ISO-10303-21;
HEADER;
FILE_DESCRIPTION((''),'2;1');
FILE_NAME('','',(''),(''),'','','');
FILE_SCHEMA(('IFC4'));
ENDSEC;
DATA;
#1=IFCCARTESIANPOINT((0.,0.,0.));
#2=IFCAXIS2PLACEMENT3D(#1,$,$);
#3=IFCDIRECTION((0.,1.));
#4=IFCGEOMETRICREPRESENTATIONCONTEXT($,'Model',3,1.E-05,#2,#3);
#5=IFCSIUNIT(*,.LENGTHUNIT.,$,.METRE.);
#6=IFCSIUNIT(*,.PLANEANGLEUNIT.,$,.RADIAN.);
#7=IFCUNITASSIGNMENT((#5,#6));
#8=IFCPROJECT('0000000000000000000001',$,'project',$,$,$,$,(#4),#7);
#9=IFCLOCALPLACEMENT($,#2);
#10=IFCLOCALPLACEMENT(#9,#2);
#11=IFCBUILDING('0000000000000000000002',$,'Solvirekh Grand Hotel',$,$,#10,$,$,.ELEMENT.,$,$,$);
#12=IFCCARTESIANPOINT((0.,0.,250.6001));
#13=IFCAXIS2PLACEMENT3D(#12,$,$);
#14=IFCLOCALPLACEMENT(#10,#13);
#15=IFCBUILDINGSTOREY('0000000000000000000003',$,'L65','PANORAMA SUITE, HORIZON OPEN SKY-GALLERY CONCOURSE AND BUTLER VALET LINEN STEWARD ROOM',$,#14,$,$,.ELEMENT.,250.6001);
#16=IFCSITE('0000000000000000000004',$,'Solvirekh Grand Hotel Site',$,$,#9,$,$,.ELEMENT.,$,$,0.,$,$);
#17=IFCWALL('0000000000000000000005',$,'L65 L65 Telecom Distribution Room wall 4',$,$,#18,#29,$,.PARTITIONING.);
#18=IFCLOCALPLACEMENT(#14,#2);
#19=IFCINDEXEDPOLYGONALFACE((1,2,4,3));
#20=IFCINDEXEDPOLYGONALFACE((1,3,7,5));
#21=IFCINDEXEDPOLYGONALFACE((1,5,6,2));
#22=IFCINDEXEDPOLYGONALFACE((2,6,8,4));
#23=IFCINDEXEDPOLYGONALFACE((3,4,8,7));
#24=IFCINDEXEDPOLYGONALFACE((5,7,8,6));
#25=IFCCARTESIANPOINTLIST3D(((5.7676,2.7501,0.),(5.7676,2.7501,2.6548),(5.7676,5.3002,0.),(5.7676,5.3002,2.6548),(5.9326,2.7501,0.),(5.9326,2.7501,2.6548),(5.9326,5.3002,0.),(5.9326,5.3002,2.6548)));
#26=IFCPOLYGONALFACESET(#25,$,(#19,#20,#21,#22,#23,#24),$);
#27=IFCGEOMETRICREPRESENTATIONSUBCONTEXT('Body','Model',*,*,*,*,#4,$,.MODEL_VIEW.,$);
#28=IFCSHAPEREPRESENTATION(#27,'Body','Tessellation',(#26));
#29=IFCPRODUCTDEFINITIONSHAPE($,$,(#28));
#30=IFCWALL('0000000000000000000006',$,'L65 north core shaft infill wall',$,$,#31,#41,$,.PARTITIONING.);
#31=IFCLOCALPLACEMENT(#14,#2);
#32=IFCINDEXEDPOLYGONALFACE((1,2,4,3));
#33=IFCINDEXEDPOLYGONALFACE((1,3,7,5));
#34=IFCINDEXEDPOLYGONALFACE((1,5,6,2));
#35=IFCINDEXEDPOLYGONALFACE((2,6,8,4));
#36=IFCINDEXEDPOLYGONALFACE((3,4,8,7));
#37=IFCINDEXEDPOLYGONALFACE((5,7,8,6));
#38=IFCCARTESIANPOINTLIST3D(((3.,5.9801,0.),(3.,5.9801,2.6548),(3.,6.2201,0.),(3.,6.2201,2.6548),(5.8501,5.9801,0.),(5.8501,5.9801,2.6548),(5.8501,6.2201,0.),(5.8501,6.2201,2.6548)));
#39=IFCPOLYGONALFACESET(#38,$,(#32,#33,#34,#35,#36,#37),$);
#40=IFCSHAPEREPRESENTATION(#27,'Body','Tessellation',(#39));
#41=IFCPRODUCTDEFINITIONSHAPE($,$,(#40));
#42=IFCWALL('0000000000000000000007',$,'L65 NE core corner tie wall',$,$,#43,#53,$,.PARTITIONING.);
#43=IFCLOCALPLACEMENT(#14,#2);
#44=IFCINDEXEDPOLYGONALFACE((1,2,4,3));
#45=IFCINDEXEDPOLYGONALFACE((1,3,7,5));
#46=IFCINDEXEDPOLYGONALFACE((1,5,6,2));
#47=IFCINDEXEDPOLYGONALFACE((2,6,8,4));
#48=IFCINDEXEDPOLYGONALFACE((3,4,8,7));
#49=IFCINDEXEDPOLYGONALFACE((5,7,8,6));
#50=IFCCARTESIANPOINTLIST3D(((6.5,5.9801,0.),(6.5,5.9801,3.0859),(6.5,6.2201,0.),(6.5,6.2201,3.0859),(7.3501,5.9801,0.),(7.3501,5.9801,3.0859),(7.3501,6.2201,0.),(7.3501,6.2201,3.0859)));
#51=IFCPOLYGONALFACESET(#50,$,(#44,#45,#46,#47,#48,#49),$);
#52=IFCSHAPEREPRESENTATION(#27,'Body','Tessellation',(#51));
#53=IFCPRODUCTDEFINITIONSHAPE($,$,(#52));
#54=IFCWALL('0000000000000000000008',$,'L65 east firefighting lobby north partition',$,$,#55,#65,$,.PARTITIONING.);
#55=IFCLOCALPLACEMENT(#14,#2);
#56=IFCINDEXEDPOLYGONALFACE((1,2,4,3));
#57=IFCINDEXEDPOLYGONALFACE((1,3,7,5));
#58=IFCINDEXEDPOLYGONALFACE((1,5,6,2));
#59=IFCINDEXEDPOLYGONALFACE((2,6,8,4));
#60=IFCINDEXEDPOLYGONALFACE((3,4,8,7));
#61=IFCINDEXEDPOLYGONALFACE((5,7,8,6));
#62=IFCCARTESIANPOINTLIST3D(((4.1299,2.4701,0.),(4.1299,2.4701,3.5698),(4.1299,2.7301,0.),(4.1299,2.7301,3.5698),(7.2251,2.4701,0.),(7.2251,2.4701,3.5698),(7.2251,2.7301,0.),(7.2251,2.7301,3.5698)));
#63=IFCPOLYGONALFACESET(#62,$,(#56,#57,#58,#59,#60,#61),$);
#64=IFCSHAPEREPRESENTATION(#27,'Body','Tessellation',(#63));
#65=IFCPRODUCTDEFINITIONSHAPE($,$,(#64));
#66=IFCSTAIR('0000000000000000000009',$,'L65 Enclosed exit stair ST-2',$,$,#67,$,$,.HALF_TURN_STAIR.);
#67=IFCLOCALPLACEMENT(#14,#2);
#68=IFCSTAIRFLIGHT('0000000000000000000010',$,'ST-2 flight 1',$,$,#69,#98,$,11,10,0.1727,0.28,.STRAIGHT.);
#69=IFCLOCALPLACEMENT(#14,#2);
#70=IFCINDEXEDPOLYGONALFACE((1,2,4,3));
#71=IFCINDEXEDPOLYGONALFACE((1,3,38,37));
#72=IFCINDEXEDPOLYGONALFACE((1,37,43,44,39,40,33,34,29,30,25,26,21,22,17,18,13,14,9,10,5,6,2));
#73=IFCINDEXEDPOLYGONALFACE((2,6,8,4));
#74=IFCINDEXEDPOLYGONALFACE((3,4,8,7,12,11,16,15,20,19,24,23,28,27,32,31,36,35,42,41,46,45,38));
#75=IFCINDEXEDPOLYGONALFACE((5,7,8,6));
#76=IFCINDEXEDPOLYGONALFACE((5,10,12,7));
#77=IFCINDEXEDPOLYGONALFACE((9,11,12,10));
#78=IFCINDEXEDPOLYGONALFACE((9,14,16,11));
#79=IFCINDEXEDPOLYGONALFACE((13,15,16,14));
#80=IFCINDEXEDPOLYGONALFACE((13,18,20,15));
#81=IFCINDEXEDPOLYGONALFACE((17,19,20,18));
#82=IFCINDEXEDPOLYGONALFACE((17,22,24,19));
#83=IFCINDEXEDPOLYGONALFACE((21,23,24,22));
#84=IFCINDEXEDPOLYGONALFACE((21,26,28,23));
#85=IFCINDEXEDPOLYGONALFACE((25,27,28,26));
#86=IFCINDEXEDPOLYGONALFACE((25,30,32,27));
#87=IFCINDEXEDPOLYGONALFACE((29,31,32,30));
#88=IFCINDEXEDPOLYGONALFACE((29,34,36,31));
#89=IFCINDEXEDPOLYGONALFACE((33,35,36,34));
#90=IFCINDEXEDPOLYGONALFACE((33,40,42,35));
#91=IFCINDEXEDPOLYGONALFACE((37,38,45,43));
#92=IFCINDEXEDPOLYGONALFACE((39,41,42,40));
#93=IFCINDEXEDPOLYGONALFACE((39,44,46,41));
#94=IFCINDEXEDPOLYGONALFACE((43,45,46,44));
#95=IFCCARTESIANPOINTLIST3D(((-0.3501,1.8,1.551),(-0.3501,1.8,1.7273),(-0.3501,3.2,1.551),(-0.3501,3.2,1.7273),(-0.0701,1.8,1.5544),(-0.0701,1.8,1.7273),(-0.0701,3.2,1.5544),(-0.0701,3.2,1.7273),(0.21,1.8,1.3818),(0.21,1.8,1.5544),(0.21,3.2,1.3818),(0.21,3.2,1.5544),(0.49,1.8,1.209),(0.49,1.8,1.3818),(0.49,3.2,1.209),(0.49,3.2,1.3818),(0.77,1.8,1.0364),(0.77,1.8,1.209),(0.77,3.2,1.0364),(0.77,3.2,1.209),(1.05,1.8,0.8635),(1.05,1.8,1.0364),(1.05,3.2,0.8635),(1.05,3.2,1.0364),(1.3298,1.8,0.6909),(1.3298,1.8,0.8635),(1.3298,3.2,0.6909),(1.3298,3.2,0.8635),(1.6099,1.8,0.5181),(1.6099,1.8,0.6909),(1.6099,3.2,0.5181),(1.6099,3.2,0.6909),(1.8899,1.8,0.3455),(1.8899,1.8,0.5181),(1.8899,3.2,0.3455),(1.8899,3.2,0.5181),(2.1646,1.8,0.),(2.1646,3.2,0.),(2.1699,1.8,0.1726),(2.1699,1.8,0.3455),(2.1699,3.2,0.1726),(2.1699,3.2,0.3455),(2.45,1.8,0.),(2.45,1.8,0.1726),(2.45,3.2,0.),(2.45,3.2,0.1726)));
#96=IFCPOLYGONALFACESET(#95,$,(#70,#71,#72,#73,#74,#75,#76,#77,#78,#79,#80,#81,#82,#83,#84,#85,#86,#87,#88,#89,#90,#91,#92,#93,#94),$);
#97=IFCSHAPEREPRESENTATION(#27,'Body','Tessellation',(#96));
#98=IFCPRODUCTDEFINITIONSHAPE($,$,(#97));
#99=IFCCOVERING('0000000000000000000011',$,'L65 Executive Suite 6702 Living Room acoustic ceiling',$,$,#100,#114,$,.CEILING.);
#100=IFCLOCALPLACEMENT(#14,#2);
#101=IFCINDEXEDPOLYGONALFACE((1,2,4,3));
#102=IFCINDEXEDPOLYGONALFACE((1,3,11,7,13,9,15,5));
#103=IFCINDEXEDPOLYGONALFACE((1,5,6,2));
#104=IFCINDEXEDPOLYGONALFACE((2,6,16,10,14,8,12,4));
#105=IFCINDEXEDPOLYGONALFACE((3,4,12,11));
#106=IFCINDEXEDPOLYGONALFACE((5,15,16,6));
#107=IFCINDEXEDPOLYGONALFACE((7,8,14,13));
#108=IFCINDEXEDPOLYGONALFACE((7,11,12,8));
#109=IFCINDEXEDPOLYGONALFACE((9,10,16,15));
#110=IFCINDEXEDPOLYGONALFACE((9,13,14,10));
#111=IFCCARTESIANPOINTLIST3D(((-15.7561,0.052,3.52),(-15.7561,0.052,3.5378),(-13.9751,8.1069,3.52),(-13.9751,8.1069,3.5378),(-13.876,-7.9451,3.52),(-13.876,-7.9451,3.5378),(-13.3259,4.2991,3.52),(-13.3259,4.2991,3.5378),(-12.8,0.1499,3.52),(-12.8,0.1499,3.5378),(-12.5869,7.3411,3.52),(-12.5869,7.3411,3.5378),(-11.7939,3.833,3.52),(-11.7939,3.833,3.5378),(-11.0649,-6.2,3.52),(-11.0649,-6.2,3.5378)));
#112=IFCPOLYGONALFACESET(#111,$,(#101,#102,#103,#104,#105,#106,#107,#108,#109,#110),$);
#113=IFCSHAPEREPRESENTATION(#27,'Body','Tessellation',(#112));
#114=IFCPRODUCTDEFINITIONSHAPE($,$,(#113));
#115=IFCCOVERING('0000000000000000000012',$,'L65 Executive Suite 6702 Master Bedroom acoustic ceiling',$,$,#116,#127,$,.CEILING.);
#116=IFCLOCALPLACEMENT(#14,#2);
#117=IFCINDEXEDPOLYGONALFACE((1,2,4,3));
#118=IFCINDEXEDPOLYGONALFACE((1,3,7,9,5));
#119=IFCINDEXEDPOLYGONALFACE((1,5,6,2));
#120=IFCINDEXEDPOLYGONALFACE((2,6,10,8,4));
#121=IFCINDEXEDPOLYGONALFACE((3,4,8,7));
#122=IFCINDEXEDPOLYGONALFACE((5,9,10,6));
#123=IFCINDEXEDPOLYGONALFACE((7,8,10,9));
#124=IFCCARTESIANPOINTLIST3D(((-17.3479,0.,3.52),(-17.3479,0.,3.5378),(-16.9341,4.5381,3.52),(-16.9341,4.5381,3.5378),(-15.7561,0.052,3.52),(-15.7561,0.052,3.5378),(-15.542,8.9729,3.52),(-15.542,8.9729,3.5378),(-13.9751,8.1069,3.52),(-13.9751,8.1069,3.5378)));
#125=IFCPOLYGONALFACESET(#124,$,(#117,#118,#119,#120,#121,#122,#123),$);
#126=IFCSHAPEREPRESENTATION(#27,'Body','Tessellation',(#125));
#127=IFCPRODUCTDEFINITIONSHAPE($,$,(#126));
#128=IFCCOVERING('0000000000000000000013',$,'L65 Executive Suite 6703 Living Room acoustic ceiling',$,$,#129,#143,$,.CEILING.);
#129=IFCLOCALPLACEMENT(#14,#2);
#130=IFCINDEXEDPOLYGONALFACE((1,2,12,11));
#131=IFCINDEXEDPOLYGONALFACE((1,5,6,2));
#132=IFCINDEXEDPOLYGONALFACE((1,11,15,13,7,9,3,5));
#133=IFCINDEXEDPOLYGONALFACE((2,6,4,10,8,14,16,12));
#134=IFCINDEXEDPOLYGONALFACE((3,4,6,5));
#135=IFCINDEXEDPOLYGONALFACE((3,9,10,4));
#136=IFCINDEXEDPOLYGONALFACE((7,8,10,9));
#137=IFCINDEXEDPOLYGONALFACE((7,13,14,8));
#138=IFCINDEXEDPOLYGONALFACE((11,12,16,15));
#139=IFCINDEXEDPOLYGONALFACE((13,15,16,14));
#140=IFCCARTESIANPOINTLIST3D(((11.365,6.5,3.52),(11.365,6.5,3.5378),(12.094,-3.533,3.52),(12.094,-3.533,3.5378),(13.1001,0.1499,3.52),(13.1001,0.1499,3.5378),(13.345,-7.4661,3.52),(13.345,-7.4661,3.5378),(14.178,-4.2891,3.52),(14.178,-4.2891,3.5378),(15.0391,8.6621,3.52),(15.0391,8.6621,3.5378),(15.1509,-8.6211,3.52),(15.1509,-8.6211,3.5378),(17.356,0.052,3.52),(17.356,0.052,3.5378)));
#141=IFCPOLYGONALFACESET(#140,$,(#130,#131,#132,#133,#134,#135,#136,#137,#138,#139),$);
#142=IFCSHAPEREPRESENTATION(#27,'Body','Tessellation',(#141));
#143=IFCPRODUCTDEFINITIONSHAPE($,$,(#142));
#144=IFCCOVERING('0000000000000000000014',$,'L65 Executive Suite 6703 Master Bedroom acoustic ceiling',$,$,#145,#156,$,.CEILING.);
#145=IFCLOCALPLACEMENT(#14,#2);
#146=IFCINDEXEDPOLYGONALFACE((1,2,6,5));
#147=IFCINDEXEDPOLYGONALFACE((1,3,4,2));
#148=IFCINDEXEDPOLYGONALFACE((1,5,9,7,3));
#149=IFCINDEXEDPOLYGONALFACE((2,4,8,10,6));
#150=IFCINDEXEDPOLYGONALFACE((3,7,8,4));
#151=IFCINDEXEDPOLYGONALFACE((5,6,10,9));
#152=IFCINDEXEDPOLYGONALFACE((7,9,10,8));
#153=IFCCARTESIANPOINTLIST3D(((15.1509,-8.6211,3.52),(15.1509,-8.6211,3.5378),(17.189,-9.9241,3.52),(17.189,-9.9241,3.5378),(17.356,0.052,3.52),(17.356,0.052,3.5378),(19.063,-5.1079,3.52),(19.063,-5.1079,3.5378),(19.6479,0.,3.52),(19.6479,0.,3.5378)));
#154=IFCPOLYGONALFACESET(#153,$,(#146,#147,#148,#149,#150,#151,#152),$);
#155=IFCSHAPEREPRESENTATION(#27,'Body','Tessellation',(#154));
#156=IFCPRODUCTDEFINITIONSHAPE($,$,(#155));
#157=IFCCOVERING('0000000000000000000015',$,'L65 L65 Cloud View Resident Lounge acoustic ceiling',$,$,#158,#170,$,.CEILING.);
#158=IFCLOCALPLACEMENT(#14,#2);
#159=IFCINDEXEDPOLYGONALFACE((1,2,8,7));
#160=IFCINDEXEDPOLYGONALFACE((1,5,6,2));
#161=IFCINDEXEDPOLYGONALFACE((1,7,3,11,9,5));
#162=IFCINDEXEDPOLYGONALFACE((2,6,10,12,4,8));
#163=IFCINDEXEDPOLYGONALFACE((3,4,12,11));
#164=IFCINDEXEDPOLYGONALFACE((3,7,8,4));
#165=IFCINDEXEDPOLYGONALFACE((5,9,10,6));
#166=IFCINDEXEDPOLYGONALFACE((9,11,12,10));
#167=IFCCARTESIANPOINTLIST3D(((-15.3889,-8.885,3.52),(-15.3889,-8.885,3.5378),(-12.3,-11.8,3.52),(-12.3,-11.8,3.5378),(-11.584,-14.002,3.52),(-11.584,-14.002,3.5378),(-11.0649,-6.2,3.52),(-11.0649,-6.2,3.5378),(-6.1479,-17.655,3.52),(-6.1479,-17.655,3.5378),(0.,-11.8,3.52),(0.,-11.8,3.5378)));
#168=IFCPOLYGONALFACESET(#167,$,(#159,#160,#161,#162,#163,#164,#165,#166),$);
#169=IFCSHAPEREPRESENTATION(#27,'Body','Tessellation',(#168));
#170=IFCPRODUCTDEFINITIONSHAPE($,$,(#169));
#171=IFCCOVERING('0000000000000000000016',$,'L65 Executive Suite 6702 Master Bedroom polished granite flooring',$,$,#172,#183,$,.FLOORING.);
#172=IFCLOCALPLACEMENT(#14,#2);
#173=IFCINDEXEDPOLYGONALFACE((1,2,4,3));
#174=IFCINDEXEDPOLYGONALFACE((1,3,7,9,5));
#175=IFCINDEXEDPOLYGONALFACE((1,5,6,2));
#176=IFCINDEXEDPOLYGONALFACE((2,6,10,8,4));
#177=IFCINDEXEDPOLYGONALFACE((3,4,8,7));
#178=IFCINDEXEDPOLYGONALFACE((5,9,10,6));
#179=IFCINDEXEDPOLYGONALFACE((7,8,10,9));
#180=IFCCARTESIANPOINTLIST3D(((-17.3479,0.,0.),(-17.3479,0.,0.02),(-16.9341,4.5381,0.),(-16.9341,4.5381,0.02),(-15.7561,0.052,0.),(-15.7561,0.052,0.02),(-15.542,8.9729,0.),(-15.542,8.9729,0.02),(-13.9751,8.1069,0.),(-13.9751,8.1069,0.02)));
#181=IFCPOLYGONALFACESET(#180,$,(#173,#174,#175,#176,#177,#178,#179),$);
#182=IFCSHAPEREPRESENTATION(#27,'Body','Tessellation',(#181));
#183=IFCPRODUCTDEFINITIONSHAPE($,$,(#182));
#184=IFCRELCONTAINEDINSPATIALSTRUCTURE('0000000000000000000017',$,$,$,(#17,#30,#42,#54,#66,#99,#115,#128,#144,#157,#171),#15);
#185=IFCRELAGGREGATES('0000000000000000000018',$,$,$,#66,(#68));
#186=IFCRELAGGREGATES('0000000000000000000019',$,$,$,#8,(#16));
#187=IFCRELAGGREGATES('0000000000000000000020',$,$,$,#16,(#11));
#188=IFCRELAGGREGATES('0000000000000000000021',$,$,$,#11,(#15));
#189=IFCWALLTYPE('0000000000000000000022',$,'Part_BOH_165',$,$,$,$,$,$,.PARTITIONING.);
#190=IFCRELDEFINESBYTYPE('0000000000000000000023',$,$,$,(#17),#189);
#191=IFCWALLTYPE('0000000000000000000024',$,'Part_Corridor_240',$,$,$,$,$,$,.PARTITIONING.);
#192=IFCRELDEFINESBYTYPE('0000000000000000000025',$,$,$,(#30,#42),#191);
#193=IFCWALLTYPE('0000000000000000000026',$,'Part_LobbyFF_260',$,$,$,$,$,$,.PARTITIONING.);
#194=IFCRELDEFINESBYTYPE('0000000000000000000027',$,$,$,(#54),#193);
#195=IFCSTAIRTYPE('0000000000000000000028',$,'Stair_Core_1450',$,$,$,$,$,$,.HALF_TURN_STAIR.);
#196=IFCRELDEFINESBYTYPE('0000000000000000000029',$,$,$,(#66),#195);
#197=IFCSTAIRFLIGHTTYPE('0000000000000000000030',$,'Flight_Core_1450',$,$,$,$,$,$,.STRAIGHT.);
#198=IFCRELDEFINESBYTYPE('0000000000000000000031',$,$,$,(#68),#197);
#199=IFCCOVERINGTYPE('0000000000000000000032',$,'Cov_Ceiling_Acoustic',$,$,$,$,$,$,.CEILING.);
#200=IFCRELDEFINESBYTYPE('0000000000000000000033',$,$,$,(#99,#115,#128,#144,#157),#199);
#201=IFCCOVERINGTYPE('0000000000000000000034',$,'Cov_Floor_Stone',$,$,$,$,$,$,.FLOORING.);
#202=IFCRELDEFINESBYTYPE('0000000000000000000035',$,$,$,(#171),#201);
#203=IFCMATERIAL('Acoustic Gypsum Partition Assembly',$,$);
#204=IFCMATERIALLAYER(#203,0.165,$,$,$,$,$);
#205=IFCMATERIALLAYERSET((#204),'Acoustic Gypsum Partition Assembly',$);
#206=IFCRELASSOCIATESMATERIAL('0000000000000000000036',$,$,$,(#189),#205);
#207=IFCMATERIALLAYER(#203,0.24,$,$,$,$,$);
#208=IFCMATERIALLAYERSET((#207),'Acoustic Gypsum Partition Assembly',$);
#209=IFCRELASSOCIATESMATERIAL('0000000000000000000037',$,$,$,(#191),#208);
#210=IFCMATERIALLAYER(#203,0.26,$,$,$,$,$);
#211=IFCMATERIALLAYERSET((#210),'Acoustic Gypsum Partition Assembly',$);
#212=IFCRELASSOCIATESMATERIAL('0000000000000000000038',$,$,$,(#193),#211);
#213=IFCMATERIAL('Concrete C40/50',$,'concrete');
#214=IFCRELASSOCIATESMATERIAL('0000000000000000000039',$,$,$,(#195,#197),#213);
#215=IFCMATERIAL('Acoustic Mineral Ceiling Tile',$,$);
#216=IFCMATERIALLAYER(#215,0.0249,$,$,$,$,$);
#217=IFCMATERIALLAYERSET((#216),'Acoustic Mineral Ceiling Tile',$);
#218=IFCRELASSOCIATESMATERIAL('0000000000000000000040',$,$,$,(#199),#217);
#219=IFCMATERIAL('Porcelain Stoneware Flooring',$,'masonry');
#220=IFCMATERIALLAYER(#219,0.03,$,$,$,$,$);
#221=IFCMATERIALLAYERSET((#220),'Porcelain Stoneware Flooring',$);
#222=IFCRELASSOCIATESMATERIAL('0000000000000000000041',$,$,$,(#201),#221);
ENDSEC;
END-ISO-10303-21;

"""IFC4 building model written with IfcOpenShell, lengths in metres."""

from ifc_helpers import new_model, si_unit, direction, frame, frame_2d, origin, place, context, subcontext, project, spatial, polyline, rectangle, outline, extrude, material, layer, layer_set, type_object, element, aggregate, save


model = new_model("IFC4")

# Units and contexts
model_context = context("Model", 3, precision=1e-05, world=origin(), true_north=direction((0.0, 1.0)))
body_context = subcontext(model_context, "Body", "Model", "MODEL_VIEW")
ifc_project = project(units=[si_unit("LENGTHUNIT", "METRE"), si_unit("PLANEANGLEUNIT", "RADIAN")], contexts=[model_context])

# Site, building, storey
site_placement = place(None, origin())
site = spatial("IfcSite", under=ifc_project, at=site_placement, Name="Solvirekh Grand Hotel Site", CompositionType="ELEMENT", RefElevation=0.0)
building_placement = place(site_placement, origin())
building = spatial("IfcBuilding", under=site, at=building_placement, Name="Solvirekh Grand Hotel", CompositionType="ELEMENT")
storey_placement = place(building_placement, frame((0.0, 0.0, 250.6001)))
storey = spatial("IfcBuildingStorey", under=building, at=storey_placement, Name="L65", Description="PANORAMA SUITE, HORIZON OPEN SKY-GALLERY CONCOURSE AND BUTLER VALET LINEN STEWARD ROOM", CompositionType="ELEMENT", Elevation=250.6001)

# Shared definitions
ifc_material_1 = material(Name="Concrete C40/50", Category="concrete")

# Walls
ifc_material_2 = material(Name="Acoustic Gypsum Partition Assembly")
ifc_layer_1 = layer(ifc_material_2, 0.165)
ifc_layer_set_1 = layer_set([ifc_layer_1], Name="Acoustic Gypsum Partition Assembly")
wall_type_1 = type_object("IfcWallType", Name="Part_BOH_165", PredefinedType="PARTITIONING", material=ifc_layer_set_1)
wall_1_placement = place(storey_placement, frame((5.8501, 5.3, 0.0), z_axis=(0.0, 0.0, 1.0), x_axis=(0.0, -1.0, 0.0)))
element("IfcWall", 1, at=wall_1_placement, inside=storey, type_object=wall_type_1, Name="L65 L65 Telecom Distribution Room wall 4", PredefinedType="PARTITIONING", context=body_context, shape_type="SweptSolid", body=[
    extrude(rectangle(XDim=2.55, YDim=0.165, at=frame_2d((1.2749, 0.0))), origin(), (0.0, 0.0, 1.0), 2.6548),
])
ifc_layer_2 = layer(ifc_material_2, 0.24)
ifc_layer_set_2 = layer_set([ifc_layer_2], Name="Acoustic Gypsum Partition Assembly")
wall_type_2 = type_object("IfcWallType", Name="Part_Corridor_240", PredefinedType="PARTITIONING", material=ifc_layer_set_2)
wall_2_placement = place(storey_placement, frame((3.0, 6.1001, 0.0), z_axis=(0.0, 0.0, 1.0), x_axis=(1.0, 0.0, 0.0)))
element("IfcWall", 2, at=wall_2_placement, inside=storey, type_object=wall_type_2, Name="L65 north core shaft infill wall", PredefinedType="PARTITIONING", context=body_context, shape_type="SweptSolid", body=[
    extrude(rectangle(XDim=2.8501, YDim=0.24, at=frame_2d((1.425, 0.0))), origin(), (0.0, 0.0, 1.0), 2.6548),
])
wall_3_placement = place(storey_placement, frame((6.5, 6.1001, 0.0), z_axis=(0.0, 0.0, 1.0), x_axis=(1.0, 0.0, 0.0)))
element("IfcWall", 3, at=wall_3_placement, inside=storey, type_object=wall_type_2, Name="L65 NE core corner tie wall", PredefinedType="PARTITIONING", context=body_context, shape_type="SweptSolid", body=[
    extrude(rectangle(XDim=0.8501, YDim=0.24, at=frame_2d((0.425, 0.0))), origin(), (0.0, 0.0, 1.0), 3.0859),
])
ifc_layer_3 = layer(ifc_material_2, 0.26)
ifc_layer_set_3 = layer_set([ifc_layer_3], Name="Acoustic Gypsum Partition Assembly")
wall_type_3 = type_object("IfcWallType", Name="Part_LobbyFF_260", PredefinedType="PARTITIONING", material=ifc_layer_set_3)
wall_4_placement = place(storey_placement, frame((4.1299, 2.6001, 0.0), z_axis=(0.0, 0.0, 1.0), x_axis=(1.0, 0.0, 0.0)))
element("IfcWall", 4, at=wall_4_placement, inside=storey, type_object=wall_type_3, Name="L65 east firefighting lobby north partition", PredefinedType="PARTITIONING", context=body_context, shape_type="SweptSolid", body=[
    extrude(rectangle(XDim=3.0952, YDim=0.26, at=frame_2d((1.5476, 0.0))), origin(), (0.0, 0.0, 1.0), 3.5698),
])

# Stair, stair flight
stair_type = type_object("IfcStairType", Name="Stair_Core_1450", PredefinedType="HALF_TURN_STAIR", material=ifc_material_1)
stair_placement = place(storey_placement, origin())
stair = element("IfcStair", 5, at=stair_placement, inside=storey, type_object=stair_type, Name="L65 Enclosed exit stair ST-2", PredefinedType="HALF_TURN_STAIR")
stair_flight_type = type_object("IfcStairFlightType", Name="Flight_Core_1450", PredefinedType="STRAIGHT", material=ifc_material_1)
stair_flight_placement = place(storey_placement, frame((2.45, 2.5, 0.0), z_axis=(0.0, 0.0, 1.0), x_axis=(-1.0, 0.0, 0.0)))
stair_flight = element("IfcStairFlight", 6, at=stair_flight_placement, type_object=stair_flight_type, Name="ST-2 flight 1", NumberOfRisers=11, NumberOfTreads=10, PredefinedType="STRAIGHT", RiserHeight=0.1727, TreadLength=0.28, context=body_context, shape_type="SweptSolid", body=[
    extrude(outline(polyline([(0.0, 0.0), (0.0, 0.1726), (0.28, 0.1726), (0.28, 0.3455), (0.5601, 0.3455), (0.5601, 0.5181), (0.8401, 0.5181), (0.8401, 0.6909), (1.1201, 0.6909), (1.1201, 0.8635), (1.3999, 0.8635), (1.3999, 1.0364), (1.6799, 1.0364), (1.6799, 1.209), (1.96, 1.209), (1.96, 1.3818), (2.24, 1.3818), (2.24, 1.5544), (2.52, 1.5544), (2.52, 1.7273), (2.8, 1.7273), (2.8, 1.8999), (2.8, 1.551), (0.2854, 0.0), (0.0, 0.0)])), frame((0.0, 0.7, 0.0), z_axis=(0.0, -1.0, 0.0), x_axis=(1.0, 0.0, 0.0)), (0.0, 0.0, 1.0), 1.3999),
])
aggregate(stair, [stair_flight])

# Coverings
ifc_material_3 = material(Name="Acoustic Mineral Ceiling Tile")
ifc_layer_4 = layer(ifc_material_3, 0.0249)
ifc_layer_set_4 = layer_set([ifc_layer_4], Name="Acoustic Mineral Ceiling Tile")
covering_type_1 = type_object("IfcCoveringType", Name="Cov_Ceiling_Acoustic", PredefinedType="CEILING", material=ifc_layer_set_4)
covering_1_placement = place(storey_placement, frame((0.0, 0.0, 3.52)))
element("IfcCovering", 7, at=covering_1_placement, inside=storey, type_object=covering_type_1, Name="L65 Executive Suite 6702 Living Room acoustic ceiling", PredefinedType="CEILING", context=body_context, shape_type="SweptSolid", body=[
    extrude(outline(polyline([(-13.3259, 4.2991), (-12.5869, 7.3411), (-13.9751, 8.1069), (-15.7561, 0.052), (-13.876, -7.9451), (-11.0649, -6.2), (-12.8, 0.1499), (-11.7939, 3.833), (-13.3259, 4.2991)])), origin(), (0.0, 0.0, 1.0), 0.0178),
])
covering_2_placement = place(storey_placement, frame((0.0, 0.0, 3.52)))
element("IfcCovering", 8, at=covering_2_placement, inside=storey, type_object=covering_type_1, Name="L65 Executive Suite 6702 Master Bedroom acoustic ceiling", PredefinedType="CEILING", context=body_context, shape_type="SweptSolid", body=[
    extrude(outline(polyline([(-15.542, 8.9729), (-16.9341, 4.5381), (-17.3479, 0.0), (-15.7561, 0.052), (-13.9751, 8.1069), (-15.542, 8.9729)])), origin(), (0.0, 0.0, 1.0), 0.0178),
])
covering_3_placement = place(storey_placement, frame((0.0, 0.0, 3.52)))
element("IfcCovering", 9, at=covering_3_placement, inside=storey, type_object=covering_type_1, Name="L65 Executive Suite 6703 Living Room acoustic ceiling", PredefinedType="CEILING", context=body_context, shape_type="SweptSolid", body=[
    extrude(outline(polyline([(14.178, -4.2891), (13.345, -7.4661), (15.1509, -8.6211), (17.356, 0.052), (15.0391, 8.6621), (11.365, 6.5), (13.1001, 0.1499), (12.094, -3.533), (14.178, -4.2891)])), origin(), (0.0, 0.0, 1.0), 0.0178),
])
covering_4_placement = place(storey_placement, frame((0.0, 0.0, 3.52)))
element("IfcCovering", 10, at=covering_4_placement, inside=storey, type_object=covering_type_1, Name="L65 Executive Suite 6703 Master Bedroom acoustic ceiling", PredefinedType="CEILING", context=body_context, shape_type="SweptSolid", body=[
    extrude(outline(polyline([(17.189, -9.9241), (19.063, -5.1079), (19.6479, 0.0), (17.356, 0.052), (15.1509, -8.6211), (17.189, -9.9241)])), origin(), (0.0, 0.0, 1.0), 0.0178),
])
covering_5_placement = place(storey_placement, frame((0.0, 0.0, 3.52)))
element("IfcCovering", 11, at=covering_5_placement, inside=storey, type_object=covering_type_1, Name="L65 L65 Cloud View Resident Lounge acoustic ceiling", PredefinedType="CEILING", context=body_context, shape_type="SweptSolid", body=[
    extrude(outline(polyline([(-15.3889, -8.885), (-11.584, -14.002), (-6.1479, -17.655), (0.0, -11.8), (-12.3, -11.8), (-11.0649, -6.2), (-15.3889, -8.885)])), origin(), (0.0, 0.0, 1.0), 0.0178),
])
ifc_material_4 = material(Name="Porcelain Stoneware Flooring", Category="masonry")
ifc_layer_5 = layer(ifc_material_4, 0.03)
ifc_layer_set_5 = layer_set([ifc_layer_5], Name="Porcelain Stoneware Flooring")
covering_type_2 = type_object("IfcCoveringType", Name="Cov_Floor_Stone", PredefinedType="FLOORING", material=ifc_layer_set_5)
covering_6_placement = place(storey_placement, origin())
element("IfcCovering", 12, at=covering_6_placement, inside=storey, type_object=covering_type_2, Name="L65 Executive Suite 6702 Master Bedroom polished granite flooring", PredefinedType="FLOORING", context=body_context, shape_type="SweptSolid", body=[
    extrude(outline(polyline([(-15.542, 8.9729), (-16.9341, 4.5381), (-17.3479, 0.0), (-15.7561, 0.052), (-13.9751, 8.1069), (-15.542, 8.9729)])), origin(), (0.0, 0.0, 1.0), 0.02),
])

save(model, "model.ifc")
